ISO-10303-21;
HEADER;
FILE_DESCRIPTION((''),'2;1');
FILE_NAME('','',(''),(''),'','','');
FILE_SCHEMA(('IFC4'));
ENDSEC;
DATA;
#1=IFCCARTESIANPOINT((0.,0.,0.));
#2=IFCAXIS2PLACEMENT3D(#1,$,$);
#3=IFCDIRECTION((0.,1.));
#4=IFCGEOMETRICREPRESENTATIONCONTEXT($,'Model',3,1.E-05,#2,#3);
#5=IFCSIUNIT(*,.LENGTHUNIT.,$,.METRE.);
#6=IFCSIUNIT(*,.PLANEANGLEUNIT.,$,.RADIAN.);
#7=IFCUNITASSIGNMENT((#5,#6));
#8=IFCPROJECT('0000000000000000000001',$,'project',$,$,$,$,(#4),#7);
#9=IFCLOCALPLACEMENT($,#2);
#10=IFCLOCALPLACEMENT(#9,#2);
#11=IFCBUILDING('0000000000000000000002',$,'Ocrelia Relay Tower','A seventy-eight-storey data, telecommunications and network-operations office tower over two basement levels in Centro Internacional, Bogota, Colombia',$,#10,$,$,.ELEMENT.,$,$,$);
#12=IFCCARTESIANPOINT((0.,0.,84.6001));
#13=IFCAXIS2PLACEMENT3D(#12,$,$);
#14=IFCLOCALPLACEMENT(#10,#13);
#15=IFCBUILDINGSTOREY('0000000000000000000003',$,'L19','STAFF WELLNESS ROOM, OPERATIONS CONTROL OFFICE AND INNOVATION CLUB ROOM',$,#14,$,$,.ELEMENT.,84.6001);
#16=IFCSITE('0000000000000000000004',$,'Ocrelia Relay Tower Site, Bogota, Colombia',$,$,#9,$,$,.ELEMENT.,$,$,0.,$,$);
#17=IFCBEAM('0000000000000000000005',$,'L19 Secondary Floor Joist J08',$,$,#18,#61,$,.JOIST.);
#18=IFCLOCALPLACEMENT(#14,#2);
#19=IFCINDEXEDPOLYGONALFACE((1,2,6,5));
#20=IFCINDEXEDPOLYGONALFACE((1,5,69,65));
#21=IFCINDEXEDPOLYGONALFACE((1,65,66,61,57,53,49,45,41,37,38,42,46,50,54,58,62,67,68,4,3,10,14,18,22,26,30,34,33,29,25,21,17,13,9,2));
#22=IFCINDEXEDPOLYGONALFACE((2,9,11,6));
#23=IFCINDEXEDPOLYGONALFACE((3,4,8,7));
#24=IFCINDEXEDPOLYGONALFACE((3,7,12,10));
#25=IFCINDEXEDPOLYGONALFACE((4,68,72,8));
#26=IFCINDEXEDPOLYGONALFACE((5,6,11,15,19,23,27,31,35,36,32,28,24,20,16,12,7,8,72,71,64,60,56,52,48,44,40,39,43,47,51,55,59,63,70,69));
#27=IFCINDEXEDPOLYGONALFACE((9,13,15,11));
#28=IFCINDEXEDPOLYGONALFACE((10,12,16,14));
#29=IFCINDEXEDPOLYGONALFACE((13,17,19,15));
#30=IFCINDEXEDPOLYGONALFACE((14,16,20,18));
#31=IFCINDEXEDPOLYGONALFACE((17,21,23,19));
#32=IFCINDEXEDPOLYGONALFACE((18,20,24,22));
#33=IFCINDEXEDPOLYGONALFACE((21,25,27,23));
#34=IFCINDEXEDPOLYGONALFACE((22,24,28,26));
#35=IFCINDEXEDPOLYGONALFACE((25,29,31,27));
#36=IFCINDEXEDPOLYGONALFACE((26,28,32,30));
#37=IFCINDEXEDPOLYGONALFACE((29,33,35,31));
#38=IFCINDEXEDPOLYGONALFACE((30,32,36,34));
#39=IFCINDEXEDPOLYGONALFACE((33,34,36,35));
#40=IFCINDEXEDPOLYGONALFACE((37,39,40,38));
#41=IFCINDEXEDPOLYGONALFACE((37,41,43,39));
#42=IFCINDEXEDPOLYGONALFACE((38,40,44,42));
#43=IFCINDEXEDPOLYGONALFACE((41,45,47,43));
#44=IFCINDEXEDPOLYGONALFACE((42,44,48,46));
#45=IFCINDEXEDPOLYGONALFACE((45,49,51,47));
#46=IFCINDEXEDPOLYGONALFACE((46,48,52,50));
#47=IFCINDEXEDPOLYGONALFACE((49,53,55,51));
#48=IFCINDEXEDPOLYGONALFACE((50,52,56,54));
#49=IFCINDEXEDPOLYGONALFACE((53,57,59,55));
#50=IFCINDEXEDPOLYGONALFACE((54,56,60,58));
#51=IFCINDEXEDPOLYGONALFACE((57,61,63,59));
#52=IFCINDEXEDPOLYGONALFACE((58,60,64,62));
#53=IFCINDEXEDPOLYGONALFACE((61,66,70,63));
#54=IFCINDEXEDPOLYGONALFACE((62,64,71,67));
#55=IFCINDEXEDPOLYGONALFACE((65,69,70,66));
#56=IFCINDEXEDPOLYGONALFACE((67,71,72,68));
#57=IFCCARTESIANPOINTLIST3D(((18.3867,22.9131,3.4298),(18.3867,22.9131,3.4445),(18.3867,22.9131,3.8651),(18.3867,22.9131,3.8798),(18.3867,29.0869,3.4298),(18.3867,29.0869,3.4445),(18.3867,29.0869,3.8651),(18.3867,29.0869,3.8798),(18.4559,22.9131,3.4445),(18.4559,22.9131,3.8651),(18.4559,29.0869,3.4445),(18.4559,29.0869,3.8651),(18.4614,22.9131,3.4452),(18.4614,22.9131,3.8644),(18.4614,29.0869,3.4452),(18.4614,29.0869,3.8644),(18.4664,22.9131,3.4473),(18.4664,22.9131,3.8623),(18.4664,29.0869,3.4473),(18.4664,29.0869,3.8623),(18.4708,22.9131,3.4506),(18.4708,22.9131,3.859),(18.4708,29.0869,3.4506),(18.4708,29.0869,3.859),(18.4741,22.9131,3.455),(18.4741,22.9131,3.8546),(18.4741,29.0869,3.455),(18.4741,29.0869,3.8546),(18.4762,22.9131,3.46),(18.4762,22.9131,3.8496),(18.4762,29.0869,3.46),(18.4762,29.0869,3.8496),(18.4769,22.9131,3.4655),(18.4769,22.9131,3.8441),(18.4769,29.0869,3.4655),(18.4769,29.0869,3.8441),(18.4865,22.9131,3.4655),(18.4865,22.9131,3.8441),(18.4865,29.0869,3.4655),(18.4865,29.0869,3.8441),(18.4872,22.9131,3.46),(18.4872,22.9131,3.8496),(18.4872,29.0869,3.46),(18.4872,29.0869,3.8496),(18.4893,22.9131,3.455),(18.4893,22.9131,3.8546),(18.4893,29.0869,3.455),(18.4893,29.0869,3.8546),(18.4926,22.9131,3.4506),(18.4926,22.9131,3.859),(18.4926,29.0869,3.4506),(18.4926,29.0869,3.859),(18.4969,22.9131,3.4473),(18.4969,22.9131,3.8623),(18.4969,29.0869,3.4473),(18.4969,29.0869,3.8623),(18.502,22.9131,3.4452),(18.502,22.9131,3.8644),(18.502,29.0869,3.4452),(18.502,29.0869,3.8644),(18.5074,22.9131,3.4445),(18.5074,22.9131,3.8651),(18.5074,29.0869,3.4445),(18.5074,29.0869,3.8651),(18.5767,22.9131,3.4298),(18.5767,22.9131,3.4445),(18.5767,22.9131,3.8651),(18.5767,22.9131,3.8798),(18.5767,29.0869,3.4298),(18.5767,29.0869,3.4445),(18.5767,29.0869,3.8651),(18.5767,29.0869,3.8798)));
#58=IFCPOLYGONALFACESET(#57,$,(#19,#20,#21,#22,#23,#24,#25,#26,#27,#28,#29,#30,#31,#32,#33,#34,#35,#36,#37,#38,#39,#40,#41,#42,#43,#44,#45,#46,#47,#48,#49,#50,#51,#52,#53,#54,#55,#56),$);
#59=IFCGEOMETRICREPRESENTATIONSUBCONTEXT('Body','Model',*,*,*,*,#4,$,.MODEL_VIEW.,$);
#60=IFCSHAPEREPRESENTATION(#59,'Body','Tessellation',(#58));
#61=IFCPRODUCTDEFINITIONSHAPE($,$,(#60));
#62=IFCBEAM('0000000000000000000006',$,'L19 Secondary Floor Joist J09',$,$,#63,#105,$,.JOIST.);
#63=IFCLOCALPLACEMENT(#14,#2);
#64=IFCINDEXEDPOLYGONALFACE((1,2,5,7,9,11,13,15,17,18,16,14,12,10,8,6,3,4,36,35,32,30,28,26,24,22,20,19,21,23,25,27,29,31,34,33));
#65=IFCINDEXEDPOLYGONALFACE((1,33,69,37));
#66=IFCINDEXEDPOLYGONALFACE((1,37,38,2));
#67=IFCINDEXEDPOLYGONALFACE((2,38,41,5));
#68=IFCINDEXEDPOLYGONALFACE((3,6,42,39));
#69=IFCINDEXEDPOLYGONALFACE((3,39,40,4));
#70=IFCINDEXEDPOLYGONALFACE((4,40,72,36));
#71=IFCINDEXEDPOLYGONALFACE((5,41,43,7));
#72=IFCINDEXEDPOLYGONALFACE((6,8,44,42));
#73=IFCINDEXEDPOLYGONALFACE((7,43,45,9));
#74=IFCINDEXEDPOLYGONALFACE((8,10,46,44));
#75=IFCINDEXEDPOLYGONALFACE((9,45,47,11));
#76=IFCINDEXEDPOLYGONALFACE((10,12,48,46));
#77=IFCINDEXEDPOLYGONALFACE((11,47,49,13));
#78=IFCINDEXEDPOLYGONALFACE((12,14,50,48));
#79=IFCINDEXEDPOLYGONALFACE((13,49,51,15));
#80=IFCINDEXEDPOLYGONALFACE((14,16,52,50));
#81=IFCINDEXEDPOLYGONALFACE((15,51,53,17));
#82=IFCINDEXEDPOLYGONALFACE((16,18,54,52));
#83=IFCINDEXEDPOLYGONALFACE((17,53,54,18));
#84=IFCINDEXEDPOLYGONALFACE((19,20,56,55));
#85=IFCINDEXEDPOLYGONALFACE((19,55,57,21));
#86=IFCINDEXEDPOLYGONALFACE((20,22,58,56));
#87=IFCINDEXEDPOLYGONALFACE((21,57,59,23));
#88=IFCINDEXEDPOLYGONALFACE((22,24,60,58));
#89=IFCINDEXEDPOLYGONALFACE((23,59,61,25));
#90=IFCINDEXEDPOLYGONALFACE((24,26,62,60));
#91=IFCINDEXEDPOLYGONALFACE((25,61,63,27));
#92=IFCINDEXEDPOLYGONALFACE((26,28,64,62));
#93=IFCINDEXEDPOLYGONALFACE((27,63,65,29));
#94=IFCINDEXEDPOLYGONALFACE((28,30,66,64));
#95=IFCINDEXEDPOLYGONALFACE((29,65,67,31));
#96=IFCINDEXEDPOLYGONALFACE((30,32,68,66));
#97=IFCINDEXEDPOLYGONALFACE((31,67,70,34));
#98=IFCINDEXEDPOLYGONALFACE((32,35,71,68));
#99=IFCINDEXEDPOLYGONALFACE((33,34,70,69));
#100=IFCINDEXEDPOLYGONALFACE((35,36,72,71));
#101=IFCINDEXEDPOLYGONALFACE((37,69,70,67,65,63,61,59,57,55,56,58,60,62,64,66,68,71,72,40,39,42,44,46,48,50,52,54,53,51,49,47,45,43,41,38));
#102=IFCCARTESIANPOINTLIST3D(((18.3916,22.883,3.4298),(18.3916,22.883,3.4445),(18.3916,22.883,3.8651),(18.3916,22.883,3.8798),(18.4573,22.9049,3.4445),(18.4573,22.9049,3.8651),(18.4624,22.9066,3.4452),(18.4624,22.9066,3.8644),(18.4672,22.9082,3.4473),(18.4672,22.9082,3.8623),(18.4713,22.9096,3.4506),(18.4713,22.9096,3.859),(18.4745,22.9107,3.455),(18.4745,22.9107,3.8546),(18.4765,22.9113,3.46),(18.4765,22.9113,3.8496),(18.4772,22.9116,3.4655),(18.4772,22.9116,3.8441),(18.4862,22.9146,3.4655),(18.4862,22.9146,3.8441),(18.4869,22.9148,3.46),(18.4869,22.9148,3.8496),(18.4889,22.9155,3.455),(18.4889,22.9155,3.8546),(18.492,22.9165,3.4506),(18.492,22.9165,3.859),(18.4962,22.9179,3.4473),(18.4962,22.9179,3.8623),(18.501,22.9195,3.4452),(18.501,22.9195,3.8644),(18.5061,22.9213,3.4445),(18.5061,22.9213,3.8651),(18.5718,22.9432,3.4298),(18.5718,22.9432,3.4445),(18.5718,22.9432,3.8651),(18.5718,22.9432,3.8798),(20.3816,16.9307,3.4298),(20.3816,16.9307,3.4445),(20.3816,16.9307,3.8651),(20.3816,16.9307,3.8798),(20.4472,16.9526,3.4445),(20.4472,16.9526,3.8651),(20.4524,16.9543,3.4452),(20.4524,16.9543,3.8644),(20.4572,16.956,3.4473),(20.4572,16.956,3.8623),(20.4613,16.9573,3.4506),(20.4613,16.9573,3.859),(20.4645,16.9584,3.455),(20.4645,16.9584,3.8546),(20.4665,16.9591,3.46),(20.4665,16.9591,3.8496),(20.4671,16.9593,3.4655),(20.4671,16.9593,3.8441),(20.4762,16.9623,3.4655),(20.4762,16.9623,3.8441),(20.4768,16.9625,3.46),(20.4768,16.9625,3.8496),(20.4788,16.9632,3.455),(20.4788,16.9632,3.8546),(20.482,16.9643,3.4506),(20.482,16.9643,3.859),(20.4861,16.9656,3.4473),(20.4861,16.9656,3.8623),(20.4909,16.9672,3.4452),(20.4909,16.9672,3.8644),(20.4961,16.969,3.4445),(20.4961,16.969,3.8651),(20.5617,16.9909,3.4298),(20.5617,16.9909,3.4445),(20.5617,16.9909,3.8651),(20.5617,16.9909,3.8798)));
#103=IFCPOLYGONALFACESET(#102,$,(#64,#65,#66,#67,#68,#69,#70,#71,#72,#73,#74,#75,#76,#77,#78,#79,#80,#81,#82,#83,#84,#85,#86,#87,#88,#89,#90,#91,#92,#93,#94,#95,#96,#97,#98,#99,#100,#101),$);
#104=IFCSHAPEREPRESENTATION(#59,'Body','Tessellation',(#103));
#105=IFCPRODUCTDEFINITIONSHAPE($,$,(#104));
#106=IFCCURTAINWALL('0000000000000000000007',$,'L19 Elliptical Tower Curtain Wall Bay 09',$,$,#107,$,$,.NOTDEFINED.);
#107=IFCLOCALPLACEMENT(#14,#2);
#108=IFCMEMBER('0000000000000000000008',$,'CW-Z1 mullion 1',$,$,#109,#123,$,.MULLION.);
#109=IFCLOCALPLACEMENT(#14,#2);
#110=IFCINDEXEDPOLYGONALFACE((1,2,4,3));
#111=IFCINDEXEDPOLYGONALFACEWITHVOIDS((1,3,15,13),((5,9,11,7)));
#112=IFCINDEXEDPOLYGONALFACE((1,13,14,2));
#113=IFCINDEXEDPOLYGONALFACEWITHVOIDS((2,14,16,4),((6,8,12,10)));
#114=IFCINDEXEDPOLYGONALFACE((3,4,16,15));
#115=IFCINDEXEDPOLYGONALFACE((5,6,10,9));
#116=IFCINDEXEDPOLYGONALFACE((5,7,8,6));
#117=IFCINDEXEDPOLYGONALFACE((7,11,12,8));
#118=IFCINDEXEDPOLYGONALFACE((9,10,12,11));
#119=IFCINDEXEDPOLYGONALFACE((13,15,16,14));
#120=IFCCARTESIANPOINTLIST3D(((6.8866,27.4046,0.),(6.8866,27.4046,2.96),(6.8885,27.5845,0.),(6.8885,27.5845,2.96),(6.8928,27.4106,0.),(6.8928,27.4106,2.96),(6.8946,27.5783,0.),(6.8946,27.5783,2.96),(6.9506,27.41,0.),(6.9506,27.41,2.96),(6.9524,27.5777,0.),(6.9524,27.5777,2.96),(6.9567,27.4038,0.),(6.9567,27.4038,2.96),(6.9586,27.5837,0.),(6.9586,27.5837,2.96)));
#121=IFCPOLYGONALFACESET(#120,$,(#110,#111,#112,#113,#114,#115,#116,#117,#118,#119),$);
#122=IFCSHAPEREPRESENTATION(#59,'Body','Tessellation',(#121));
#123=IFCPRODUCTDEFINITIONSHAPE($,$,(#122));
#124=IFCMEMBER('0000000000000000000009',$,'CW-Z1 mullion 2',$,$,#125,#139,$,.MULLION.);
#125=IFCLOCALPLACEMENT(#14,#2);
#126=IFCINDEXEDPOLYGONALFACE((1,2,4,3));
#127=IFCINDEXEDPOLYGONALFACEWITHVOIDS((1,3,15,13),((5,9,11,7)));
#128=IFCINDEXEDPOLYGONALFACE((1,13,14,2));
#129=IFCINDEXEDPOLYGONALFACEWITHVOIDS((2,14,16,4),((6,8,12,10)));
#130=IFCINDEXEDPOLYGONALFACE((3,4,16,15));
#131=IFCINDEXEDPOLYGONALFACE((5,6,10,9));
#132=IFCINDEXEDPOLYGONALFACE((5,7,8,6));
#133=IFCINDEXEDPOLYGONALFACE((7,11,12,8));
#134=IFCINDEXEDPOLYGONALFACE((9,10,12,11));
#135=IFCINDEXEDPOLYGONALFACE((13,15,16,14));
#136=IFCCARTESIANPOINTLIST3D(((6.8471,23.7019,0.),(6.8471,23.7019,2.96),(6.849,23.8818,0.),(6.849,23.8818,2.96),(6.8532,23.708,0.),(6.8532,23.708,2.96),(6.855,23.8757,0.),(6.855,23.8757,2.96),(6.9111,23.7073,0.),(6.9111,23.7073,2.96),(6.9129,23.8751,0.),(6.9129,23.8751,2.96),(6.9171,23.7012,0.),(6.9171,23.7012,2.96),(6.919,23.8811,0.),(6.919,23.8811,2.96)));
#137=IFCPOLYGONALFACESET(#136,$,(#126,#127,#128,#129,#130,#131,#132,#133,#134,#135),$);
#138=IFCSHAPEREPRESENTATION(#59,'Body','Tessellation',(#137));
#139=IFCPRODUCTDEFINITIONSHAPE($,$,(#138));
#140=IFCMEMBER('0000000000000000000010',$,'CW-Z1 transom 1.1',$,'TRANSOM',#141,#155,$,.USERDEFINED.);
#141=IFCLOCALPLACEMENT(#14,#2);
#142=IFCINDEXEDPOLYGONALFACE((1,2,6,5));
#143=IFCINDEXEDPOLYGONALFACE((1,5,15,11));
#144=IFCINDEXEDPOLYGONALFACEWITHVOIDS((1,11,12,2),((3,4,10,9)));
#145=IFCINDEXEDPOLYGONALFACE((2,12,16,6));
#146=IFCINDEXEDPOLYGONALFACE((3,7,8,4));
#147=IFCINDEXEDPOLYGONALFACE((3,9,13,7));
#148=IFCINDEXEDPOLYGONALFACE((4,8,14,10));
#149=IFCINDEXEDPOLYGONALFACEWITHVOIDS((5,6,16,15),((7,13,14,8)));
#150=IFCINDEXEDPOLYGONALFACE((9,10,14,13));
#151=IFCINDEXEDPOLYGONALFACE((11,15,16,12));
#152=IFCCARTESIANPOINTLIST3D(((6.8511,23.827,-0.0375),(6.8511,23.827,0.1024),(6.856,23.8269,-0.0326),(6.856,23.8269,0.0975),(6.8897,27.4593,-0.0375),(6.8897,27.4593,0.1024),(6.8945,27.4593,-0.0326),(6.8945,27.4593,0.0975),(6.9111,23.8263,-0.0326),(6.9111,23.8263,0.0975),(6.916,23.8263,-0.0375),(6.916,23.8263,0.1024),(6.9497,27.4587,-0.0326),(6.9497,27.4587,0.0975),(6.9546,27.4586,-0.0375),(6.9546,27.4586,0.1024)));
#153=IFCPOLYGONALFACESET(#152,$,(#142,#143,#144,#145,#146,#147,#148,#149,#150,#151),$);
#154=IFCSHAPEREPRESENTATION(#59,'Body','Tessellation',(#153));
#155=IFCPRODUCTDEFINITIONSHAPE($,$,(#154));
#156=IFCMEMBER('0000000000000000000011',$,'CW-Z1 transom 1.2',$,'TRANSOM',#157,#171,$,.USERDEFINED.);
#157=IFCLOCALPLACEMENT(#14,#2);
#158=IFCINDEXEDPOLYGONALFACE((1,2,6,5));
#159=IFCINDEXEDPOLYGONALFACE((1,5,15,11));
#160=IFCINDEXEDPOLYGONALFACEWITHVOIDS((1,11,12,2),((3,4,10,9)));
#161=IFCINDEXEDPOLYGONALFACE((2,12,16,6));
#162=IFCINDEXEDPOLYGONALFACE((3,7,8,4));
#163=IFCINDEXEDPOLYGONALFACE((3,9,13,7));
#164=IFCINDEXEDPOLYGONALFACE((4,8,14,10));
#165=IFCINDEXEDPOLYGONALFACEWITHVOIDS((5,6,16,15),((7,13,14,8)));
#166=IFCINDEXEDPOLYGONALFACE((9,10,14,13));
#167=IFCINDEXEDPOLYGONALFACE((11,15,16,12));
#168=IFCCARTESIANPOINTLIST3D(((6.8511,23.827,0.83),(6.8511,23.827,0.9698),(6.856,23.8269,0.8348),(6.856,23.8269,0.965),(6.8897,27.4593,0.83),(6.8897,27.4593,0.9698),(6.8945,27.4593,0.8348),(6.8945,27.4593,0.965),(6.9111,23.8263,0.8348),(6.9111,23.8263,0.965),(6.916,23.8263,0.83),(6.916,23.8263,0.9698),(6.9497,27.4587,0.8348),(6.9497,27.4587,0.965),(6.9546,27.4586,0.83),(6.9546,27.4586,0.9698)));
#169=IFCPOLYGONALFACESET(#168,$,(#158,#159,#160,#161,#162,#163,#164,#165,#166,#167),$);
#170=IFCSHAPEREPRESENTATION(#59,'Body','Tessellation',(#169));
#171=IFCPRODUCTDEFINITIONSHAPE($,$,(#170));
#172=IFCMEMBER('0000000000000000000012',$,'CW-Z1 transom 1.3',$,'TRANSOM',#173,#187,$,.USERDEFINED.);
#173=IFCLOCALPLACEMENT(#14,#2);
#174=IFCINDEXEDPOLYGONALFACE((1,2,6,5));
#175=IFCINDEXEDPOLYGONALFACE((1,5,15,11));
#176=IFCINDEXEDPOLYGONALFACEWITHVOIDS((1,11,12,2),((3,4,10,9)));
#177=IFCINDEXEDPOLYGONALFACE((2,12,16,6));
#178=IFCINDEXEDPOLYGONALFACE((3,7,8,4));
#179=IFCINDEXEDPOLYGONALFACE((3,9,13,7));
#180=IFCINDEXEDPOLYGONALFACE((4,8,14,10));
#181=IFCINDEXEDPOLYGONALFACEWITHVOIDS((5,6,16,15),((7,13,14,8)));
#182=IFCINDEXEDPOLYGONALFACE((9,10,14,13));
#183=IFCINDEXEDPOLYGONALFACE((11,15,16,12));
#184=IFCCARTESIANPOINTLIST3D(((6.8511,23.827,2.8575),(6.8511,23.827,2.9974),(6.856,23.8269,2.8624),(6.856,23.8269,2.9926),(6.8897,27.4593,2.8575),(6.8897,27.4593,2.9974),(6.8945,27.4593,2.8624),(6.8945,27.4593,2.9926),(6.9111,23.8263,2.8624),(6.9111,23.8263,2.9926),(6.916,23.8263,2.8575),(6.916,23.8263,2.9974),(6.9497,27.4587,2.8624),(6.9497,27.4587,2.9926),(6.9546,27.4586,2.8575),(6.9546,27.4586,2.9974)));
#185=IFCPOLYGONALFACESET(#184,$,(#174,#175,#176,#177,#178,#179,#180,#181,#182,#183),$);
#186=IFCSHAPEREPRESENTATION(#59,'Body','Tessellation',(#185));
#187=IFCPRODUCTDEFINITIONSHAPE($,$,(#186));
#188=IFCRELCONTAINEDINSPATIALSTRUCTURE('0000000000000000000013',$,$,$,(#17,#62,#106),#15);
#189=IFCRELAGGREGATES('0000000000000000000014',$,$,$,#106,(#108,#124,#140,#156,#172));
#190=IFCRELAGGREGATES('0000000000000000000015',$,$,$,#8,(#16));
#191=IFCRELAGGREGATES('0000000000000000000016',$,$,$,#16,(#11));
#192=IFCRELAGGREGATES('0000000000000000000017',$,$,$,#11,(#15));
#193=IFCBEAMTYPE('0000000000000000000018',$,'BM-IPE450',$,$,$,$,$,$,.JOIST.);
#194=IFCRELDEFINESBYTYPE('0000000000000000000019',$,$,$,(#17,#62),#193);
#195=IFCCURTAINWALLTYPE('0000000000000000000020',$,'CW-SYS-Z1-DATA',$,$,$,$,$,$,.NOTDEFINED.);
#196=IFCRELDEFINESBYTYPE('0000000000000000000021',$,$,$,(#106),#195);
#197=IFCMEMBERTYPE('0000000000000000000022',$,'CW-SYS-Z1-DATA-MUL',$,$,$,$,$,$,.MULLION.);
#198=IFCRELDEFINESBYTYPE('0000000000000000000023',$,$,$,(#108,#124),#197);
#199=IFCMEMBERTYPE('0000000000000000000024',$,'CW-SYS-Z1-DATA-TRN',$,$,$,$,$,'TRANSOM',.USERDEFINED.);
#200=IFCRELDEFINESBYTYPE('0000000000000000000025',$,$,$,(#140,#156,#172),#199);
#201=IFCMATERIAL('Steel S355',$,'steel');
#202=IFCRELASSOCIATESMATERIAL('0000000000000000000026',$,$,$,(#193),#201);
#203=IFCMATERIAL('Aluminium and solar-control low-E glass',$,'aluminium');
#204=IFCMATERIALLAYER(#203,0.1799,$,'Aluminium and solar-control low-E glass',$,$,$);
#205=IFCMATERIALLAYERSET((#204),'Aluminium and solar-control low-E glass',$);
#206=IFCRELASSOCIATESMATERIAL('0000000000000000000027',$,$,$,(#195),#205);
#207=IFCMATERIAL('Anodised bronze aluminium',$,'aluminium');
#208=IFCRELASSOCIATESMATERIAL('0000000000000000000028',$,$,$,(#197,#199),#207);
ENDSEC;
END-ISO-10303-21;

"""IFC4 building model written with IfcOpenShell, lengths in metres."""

from ifc_helpers import new_model, si_unit, direction, frame, origin, origin_2d, place, context, subcontext, project, spatial, hollow_rectangle, i_section, extrude, material, layer, layer_set, material_profile, profile_set, type_object, element, aggregate, save


model = new_model("IFC4")

# Units and contexts
model_context = context("Model", 3, precision=1e-05, world=origin(), true_north=direction((0.0, 1.0)))
body_context = subcontext(model_context, "Body", "Model", "MODEL_VIEW")
ifc_project = project(units=[si_unit("LENGTHUNIT", "METRE"), si_unit("PLANEANGLEUNIT", "RADIAN")], contexts=[model_context])

# Site, building, storey
site_placement = place(None, origin())
site = spatial("IfcSite", under=ifc_project, at=site_placement, Name="Ocrelia Relay Tower Site, Bogota, Colombia", CompositionType="ELEMENT", RefElevation=0.0)
building_placement = place(site_placement, origin())
building = spatial("IfcBuilding", under=site, at=building_placement, Name="Ocrelia Relay Tower", Description="A seventy-eight-storey data, telecommunications and network-operations office tower over two basement levels in Centro Internacional, Bogota, Colombia", CompositionType="ELEMENT")
storey_placement = place(building_placement, frame((0.0, 0.0, 84.6001)))
storey = spatial("IfcBuildingStorey", under=building, at=storey_placement, Name="L19", Description="STAFF WELLNESS ROOM, OPERATIONS CONTROL OFFICE AND INNOVATION CLUB ROOM", CompositionType="ELEMENT", Elevation=84.6001)

# Beams
ifc_material_1 = material(Name="Steel S355", Category="steel")
ifc_material_profile_1 = material_profile(ifc_material_1, i_section(OverallWidth=0.1899, OverallDepth=0.45, WebThickness=0.0095, FlangeThickness=0.0146, FilletRadius=0.021, at=origin_2d()), Name="IPE 450")
ifc_profile_set_1 = profile_set([ifc_material_profile_1], Name="Steel S355")
beam_type_1 = type_object("IfcBeamType", Name="BM-IPE450", PredefinedType="JOIST", material=ifc_profile_set_1)
beam_1_placement = place(storey_placement, frame((18.4817, 29.0869, 3.6548), z_axis=(0.0, -1.0, 0.0), x_axis=(1.0, 0.0, 0.0)))
element("IfcBeam", 1, at=beam_1_placement, inside=storey, type_object=beam_type_1, Name="L19 Secondary Floor Joist J08", PredefinedType="JOIST", context=body_context, shape_type="SweptSolid", body=[
    extrude(i_section(OverallWidth=0.1899, OverallDepth=0.45, WebThickness=0.0095, FlangeThickness=0.0146, FilletRadius=0.021, at=origin_2d()), origin(), (0.0, 0.0, 1.0), 6.1738),
])
beam_2_placement = place(storey_placement, frame((18.4817, 22.9131, 3.6548), z_axis=(0.317068, -0.948403, 0.0), x_axis=(0.948403, 0.317068, 0.0)))
element("IfcBeam", 2, at=beam_2_placement, inside=storey, type_object=beam_type_1, Name="L19 Secondary Floor Joist J09", PredefinedType="JOIST", context=body_context, shape_type="SweptSolid", body=[
    extrude(i_section(OverallWidth=0.1899, OverallDepth=0.45, WebThickness=0.0095, FlangeThickness=0.0146, FilletRadius=0.021, at=origin_2d()), origin(), (0.0, 0.0, 1.0), 6.2761),
])

# Curtain wall, members
ifc_material_2 = material(Name="Aluminium and solar-control low-E glass", Category="aluminium")
ifc_layer_1 = layer(ifc_material_2, 0.1799, Name="Aluminium and solar-control low-E glass")
ifc_layer_set_1 = layer_set([ifc_layer_1], Name="Aluminium and solar-control low-E glass")
curtain_wall_type = type_object("IfcCurtainWallType", Name="CW-SYS-Z1-DATA", PredefinedType="NOTDEFINED", material=ifc_layer_set_1)
curtain_wall_placement = place(storey_placement, origin())
curtain_wall = element("IfcCurtainWall", 3, at=curtain_wall_placement, inside=storey, type_object=curtain_wall_type, Name="L19 Elliptical Tower Curtain Wall Bay 09", PredefinedType="NOTDEFINED")
ifc_material_3 = material(Name="Anodised bronze aluminium", Category="aluminium")
ifc_material_profile_2 = material_profile(ifc_material_3, hollow_rectangle(XDim=0.0701, YDim=0.1799, WallThickness=0.0061, at=origin_2d()), Name="CW-MUL-180x70")
ifc_profile_set_2 = profile_set([ifc_material_profile_2], Name="Anodised bronze aluminium")
member_type_1 = type_object("IfcMemberType", Name="CW-SYS-Z1-DATA-MUL", PredefinedType="MULLION", material=ifc_profile_set_2)
member_1_placement = place(storey_placement, frame((6.9226, 27.4941, 0.0), z_axis=(0.0, 0.0, 1.0), x_axis=(0.999943, -0.010648, 0.0)))
member_1 = element("IfcMember", 4, at=member_1_placement, type_object=member_type_1, Name="CW-Z1 mullion 1", PredefinedType="MULLION", context=body_context, shape_type="SweptSolid", body=[
    extrude(hollow_rectangle(XDim=0.0701, YDim=0.1799, WallThickness=0.0061, at=origin_2d()), origin(), (0.0, 0.0, 1.0), 2.96),
])
member_2_placement = place(storey_placement, frame((6.8831, 23.7915, 0.0), z_axis=(0.0, 0.0, 1.0), x_axis=(0.999943, -0.010648, 0.0)))
member_2 = element("IfcMember", 5, at=member_2_placement, type_object=member_type_1, Name="CW-Z1 mullion 2", PredefinedType="MULLION", context=body_context, shape_type="SweptSolid", body=[
    extrude(hollow_rectangle(XDim=0.0701, YDim=0.1799, WallThickness=0.0061, at=origin_2d()), origin(), (0.0, 0.0, 1.0), 2.96),
])
ifc_material_profile_3 = material_profile(ifc_material_3, hollow_rectangle(XDim=0.0649, YDim=0.1399, WallThickness=0.0049, at=origin_2d()), Name="CW-TRN-140x65")
ifc_profile_set_3 = profile_set([ifc_material_profile_3], Name="Anodised bronze aluminium")
member_type_2 = type_object("IfcMemberType", Name="CW-SYS-Z1-DATA-TRN", ElementType="TRANSOM", PredefinedType="USERDEFINED", material=ifc_profile_set_3)
member_3_placement = place(storey_placement, frame((6.9221, 27.459, 0.0325), z_axis=(-0.010619, -0.999944, 0.0), x_axis=(0.999944, -0.010619, 0.0)))
member_3 = element("IfcMember", 6, at=member_3_placement, type_object=member_type_2, Name="CW-Z1 transom 1.1", ObjectType="TRANSOM", PredefinedType="USERDEFINED", context=body_context, shape_type="SweptSolid", body=[
    extrude(hollow_rectangle(XDim=0.0649, YDim=0.1399, WallThickness=0.0049, at=origin_2d()), origin(), (0.0, 0.0, 1.0), 3.6326),
])
member_4_placement = place(storey_placement, frame((6.9221, 27.459, 0.8999), z_axis=(-0.010619, -0.999944, 0.0), x_axis=(0.999944, -0.010619, 0.0)))
member_4 = element("IfcMember", 7, at=member_4_placement, type_object=member_type_2, Name="CW-Z1 transom 1.2", ObjectType="TRANSOM", PredefinedType="USERDEFINED", context=body_context, shape_type="SweptSolid", body=[
    extrude(hollow_rectangle(XDim=0.0649, YDim=0.1399, WallThickness=0.0049, at=origin_2d()), origin(), (0.0, 0.0, 1.0), 3.6326),
])
member_5_placement = place(storey_placement, frame((6.9221, 27.459, 2.9275), z_axis=(-0.010619, -0.999944, 0.0), x_axis=(0.999944, -0.010619, 0.0)))
member_5 = element("IfcMember", 8, at=member_5_placement, type_object=member_type_2, Name="CW-Z1 transom 1.3", ObjectType="TRANSOM", PredefinedType="USERDEFINED", context=body_context, shape_type="SweptSolid", body=[
    extrude(hollow_rectangle(XDim=0.0649, YDim=0.1399, WallThickness=0.0049, at=origin_2d()), origin(), (0.0, 0.0, 1.0), 3.6326),
])
aggregate(curtain_wall, [member_1, member_2, member_3, member_4, member_5])

save(model, "model.ifc")
